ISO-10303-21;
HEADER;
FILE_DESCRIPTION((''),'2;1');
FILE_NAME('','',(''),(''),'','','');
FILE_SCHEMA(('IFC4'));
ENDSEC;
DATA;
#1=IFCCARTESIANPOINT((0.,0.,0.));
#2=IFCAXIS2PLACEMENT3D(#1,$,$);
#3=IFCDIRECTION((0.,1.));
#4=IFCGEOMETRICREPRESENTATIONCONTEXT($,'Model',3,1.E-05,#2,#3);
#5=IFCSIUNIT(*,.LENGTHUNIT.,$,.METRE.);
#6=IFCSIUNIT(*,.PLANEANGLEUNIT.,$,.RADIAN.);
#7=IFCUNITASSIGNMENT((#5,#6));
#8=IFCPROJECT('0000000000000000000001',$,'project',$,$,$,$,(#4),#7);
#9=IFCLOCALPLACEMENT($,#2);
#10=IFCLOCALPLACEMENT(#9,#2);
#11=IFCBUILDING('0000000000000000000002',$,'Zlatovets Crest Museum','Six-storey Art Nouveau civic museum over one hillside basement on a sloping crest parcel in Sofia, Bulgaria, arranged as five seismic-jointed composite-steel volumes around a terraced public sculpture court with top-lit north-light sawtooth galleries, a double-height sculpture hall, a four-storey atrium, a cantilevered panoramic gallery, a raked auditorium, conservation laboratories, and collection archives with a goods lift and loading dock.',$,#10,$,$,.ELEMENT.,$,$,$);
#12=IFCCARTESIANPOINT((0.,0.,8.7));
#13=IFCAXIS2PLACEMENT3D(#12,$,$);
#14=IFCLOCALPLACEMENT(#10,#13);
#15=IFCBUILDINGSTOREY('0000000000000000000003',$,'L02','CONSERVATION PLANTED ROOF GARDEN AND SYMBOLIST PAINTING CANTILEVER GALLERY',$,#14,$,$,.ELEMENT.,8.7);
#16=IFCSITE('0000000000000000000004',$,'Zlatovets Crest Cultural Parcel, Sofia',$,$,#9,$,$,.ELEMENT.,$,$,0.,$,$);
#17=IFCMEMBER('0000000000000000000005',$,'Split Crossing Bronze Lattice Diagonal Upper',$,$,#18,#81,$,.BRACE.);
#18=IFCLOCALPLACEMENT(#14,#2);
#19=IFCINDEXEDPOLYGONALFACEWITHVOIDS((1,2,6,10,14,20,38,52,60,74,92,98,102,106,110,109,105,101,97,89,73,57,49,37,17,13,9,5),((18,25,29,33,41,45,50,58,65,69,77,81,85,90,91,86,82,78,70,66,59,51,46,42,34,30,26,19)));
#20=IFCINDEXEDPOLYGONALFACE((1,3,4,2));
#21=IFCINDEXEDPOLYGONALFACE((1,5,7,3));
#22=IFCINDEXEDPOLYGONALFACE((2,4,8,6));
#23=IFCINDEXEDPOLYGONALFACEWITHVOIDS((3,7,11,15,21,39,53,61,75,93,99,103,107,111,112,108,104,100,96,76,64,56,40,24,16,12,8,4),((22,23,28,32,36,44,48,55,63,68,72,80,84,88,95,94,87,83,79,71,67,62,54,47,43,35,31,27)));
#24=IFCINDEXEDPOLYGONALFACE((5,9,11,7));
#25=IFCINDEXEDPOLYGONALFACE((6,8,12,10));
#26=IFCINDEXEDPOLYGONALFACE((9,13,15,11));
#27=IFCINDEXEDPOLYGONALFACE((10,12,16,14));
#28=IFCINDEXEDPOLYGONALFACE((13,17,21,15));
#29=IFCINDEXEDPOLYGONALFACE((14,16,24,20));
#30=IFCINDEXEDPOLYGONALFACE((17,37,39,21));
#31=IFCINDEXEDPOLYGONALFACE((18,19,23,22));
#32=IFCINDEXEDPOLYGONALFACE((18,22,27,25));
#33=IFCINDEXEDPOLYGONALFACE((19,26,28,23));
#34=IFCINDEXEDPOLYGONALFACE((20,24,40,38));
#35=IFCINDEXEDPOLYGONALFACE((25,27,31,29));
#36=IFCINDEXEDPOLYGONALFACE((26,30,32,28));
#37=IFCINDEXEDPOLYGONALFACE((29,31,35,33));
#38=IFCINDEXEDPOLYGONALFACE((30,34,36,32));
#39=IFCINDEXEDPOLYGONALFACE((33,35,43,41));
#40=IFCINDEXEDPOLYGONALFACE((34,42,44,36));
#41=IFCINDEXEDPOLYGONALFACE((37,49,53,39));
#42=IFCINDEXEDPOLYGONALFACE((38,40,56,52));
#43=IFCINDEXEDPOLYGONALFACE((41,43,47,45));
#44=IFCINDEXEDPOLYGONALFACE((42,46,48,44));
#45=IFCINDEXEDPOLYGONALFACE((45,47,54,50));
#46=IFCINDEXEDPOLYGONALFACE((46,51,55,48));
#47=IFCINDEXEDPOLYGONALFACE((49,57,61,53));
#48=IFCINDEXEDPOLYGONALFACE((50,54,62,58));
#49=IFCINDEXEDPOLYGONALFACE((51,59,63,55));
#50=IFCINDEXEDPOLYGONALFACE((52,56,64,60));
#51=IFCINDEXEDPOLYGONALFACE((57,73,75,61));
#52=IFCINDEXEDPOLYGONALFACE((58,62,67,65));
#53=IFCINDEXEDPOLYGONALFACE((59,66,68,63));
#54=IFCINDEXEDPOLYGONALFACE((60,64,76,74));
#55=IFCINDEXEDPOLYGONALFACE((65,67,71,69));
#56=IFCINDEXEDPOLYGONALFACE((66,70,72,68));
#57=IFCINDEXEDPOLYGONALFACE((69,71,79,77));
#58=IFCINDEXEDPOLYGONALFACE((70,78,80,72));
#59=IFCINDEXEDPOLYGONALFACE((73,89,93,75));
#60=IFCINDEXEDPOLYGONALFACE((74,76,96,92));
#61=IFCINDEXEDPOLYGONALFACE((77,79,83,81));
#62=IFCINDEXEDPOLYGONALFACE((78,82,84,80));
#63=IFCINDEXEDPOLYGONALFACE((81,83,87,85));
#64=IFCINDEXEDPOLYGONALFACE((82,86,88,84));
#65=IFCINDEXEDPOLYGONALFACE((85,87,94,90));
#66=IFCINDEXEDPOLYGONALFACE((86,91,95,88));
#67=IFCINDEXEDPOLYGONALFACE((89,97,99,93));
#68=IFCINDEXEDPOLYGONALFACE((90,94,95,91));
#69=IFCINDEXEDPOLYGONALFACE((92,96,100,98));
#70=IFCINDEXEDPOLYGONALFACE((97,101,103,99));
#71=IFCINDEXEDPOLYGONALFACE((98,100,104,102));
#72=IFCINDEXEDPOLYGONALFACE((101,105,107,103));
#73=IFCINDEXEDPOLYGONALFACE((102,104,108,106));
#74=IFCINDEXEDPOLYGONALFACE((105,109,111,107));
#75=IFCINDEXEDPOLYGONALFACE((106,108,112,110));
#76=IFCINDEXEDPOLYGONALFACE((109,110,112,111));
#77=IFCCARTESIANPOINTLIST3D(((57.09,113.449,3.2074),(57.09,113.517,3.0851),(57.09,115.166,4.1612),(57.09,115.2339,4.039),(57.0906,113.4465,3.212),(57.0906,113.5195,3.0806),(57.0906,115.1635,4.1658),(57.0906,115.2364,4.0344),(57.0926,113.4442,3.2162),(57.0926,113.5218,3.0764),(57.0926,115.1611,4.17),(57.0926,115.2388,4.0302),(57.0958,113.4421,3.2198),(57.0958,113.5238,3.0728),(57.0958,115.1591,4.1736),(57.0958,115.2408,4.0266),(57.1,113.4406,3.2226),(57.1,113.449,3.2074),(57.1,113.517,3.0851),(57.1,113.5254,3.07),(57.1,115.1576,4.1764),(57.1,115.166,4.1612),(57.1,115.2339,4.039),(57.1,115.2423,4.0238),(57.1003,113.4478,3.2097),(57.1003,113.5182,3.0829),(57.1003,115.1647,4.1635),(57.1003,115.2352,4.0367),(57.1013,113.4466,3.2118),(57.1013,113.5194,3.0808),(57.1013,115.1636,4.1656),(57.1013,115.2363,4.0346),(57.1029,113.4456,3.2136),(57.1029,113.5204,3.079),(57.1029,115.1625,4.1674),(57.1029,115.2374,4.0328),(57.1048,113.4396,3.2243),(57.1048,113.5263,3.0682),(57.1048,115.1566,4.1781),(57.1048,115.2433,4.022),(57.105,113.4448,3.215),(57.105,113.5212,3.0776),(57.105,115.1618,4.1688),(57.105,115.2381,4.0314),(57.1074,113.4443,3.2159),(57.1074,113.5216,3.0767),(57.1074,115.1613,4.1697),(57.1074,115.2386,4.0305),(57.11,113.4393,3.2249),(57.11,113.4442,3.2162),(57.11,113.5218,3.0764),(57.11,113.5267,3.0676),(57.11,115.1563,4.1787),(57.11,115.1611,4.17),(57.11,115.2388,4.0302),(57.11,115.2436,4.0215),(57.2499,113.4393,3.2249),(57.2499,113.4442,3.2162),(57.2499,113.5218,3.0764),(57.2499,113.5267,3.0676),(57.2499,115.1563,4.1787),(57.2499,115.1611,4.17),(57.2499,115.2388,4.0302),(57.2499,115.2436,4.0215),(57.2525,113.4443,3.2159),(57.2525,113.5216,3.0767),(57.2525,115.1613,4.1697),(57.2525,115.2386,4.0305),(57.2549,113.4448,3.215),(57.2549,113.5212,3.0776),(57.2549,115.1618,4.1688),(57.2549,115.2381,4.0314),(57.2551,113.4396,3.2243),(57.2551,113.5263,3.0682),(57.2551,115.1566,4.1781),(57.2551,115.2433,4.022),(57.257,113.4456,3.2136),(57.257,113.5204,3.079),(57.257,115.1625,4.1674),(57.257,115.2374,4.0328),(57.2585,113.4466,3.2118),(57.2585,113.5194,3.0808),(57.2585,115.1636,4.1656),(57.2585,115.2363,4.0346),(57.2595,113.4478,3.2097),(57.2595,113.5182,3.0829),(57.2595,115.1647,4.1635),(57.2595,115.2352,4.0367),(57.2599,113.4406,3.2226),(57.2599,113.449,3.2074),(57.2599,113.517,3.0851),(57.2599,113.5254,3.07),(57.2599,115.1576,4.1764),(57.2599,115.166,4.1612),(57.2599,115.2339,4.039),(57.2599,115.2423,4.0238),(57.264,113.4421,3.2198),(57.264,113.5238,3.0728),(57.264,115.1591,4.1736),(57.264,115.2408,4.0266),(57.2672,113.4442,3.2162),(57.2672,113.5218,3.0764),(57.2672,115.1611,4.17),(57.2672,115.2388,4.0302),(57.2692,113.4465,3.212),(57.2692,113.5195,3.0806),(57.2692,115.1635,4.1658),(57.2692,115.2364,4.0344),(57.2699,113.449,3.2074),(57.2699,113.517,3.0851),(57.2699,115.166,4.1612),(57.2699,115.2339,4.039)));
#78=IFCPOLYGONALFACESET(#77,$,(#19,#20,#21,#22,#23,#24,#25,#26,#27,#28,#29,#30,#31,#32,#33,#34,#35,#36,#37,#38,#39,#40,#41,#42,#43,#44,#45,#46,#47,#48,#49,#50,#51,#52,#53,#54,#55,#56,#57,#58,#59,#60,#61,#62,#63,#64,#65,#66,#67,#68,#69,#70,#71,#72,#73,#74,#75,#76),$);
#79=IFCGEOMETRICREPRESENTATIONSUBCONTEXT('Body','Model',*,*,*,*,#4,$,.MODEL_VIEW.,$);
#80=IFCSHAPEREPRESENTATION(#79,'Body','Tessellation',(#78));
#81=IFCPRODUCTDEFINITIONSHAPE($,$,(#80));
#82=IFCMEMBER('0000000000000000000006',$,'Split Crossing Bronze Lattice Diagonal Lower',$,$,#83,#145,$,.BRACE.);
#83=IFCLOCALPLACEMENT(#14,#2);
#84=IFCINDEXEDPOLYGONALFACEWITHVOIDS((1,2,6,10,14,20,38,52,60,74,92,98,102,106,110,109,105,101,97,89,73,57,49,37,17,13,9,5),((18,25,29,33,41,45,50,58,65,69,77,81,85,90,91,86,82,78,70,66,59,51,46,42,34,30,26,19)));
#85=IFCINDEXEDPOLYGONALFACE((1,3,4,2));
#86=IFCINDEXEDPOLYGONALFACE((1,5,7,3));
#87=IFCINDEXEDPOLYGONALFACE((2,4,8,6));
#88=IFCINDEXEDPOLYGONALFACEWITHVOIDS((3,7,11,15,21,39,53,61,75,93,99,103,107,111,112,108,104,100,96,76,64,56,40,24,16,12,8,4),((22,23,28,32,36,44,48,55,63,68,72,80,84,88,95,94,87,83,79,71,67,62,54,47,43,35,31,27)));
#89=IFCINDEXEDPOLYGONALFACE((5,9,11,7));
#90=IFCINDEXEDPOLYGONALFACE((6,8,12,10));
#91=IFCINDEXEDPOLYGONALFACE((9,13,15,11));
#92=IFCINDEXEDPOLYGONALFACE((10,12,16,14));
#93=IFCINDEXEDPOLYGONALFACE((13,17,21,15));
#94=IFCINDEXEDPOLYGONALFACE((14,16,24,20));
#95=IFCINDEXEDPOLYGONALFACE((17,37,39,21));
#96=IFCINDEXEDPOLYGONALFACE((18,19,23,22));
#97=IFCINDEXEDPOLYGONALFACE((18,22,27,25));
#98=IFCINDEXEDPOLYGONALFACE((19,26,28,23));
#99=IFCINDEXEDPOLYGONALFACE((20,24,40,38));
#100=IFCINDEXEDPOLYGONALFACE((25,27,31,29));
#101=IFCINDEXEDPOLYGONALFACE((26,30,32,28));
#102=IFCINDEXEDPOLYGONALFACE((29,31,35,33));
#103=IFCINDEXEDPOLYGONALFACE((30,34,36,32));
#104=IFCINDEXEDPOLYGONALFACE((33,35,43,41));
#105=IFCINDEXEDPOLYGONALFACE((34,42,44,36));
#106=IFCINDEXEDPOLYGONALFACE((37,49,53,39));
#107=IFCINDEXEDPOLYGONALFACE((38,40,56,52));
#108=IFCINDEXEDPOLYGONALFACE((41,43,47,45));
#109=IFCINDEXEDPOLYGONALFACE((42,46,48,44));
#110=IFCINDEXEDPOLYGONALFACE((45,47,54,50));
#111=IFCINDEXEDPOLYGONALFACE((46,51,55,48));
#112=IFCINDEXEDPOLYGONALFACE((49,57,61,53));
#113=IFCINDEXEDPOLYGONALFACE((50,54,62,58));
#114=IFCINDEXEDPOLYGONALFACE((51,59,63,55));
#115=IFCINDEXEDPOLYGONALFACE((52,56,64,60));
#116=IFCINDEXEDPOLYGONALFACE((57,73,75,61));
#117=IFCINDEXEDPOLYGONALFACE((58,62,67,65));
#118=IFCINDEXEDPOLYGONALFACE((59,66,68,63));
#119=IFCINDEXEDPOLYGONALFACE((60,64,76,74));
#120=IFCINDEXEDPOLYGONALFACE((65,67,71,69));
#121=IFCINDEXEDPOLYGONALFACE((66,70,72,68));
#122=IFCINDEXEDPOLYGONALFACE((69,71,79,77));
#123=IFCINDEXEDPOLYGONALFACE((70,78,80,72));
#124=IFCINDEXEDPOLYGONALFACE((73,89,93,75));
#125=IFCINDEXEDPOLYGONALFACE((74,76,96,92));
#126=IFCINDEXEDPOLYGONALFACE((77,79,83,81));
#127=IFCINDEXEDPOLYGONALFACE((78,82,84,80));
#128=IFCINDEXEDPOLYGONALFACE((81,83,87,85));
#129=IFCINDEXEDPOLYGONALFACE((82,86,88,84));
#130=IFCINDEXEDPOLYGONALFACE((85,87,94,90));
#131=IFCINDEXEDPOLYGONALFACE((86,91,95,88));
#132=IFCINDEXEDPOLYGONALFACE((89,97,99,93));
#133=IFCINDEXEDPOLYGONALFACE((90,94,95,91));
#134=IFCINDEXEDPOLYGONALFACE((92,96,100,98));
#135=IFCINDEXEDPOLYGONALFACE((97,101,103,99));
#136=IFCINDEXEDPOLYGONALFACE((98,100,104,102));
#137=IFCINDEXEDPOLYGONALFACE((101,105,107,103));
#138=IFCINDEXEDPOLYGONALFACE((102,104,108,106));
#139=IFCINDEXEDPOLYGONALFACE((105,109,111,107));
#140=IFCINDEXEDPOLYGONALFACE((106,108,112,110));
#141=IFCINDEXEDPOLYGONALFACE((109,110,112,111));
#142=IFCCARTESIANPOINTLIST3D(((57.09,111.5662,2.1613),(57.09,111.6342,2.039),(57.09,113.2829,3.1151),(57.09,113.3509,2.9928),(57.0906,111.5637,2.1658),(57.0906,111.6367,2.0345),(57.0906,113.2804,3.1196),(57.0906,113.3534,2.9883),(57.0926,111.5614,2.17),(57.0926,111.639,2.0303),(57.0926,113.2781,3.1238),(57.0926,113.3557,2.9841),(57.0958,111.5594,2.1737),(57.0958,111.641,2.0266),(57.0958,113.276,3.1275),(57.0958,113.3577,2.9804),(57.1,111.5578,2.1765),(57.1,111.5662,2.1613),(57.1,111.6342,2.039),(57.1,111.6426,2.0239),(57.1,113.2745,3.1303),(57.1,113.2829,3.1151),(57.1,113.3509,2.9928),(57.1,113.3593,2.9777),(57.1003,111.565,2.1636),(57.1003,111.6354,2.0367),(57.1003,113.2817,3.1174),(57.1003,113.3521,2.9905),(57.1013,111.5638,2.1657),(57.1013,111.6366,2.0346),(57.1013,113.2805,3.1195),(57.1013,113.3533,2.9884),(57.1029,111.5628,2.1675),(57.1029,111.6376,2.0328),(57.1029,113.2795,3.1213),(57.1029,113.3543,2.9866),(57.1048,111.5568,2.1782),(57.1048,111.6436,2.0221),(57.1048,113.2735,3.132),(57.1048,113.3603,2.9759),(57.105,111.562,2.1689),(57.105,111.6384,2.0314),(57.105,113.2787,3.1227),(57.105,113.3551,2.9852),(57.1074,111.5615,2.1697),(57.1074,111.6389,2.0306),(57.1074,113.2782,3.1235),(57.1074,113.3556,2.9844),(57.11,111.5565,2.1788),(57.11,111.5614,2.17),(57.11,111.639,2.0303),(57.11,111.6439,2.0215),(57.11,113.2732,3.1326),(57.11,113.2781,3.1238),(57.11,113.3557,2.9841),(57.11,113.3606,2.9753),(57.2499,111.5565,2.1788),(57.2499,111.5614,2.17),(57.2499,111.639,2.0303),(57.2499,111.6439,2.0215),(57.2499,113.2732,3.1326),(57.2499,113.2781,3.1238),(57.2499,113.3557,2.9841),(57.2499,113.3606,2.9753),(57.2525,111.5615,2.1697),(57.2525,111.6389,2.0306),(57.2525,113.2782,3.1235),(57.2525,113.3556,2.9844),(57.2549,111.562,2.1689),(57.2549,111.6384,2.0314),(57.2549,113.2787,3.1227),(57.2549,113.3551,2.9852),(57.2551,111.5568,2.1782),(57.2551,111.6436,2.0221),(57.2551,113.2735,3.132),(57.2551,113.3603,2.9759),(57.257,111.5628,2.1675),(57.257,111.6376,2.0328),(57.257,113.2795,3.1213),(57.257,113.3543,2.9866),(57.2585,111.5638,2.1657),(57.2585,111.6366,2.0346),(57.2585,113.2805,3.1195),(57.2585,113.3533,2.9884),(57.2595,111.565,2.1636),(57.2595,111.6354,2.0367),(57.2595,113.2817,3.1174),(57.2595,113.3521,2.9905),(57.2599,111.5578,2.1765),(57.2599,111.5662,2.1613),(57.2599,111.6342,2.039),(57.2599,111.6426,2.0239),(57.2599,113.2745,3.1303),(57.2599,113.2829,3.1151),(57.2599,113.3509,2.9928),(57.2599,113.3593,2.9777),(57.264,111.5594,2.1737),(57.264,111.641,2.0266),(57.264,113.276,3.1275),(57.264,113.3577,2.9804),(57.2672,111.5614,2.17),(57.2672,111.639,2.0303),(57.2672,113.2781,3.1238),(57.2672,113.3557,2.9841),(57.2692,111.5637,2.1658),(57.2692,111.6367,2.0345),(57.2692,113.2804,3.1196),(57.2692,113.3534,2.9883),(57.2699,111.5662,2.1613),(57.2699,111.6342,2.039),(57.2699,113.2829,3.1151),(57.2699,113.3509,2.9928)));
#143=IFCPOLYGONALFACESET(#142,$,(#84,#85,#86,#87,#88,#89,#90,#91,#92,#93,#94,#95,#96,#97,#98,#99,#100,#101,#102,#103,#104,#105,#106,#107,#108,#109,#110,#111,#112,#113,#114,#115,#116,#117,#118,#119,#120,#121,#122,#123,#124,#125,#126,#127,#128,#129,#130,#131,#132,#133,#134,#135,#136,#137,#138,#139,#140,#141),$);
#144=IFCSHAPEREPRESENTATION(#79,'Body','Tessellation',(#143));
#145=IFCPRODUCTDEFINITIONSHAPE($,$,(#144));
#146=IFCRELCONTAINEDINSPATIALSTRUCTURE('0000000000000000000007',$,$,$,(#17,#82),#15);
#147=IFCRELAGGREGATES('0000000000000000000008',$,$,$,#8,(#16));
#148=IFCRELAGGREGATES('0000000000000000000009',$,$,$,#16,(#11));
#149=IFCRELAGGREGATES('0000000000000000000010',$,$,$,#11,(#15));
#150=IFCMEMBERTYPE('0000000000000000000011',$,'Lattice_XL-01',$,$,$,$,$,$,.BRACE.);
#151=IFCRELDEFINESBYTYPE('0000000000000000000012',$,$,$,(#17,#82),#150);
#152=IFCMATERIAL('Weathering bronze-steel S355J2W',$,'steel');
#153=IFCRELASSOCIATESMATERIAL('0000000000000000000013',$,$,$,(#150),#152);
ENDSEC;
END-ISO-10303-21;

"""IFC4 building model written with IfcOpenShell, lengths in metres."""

from ifc_helpers import new_model, si_unit, direction, frame, origin, origin_2d, place, context, subcontext, project, spatial, hollow_rectangle, extrude, material, material_profile, profile_set, type_object, element, save


model = new_model("IFC4")

# Units and contexts
model_context = context("Model", 3, precision=1e-05, world=origin(), true_north=direction((0.0, 1.0)))
body_context = subcontext(model_context, "Body", "Model", "MODEL_VIEW")
ifc_project = project(units=[si_unit("LENGTHUNIT", "METRE"), si_unit("PLANEANGLEUNIT", "RADIAN")], contexts=[model_context])

# Site, building, storey
site_placement = place(None, origin())
site = spatial("IfcSite", under=ifc_project, at=site_placement, Name="Zlatovets Crest Cultural Parcel, Sofia", CompositionType="ELEMENT", RefElevation=0.0)
building_placement = place(site_placement, origin())
building = spatial("IfcBuilding", under=site, at=building_placement, Name="Zlatovets Crest Museum", Description="Six-storey Art Nouveau civic museum over one hillside basement on a sloping crest parcel in Sofia, Bulgaria, arranged as five seismic-jointed composite-steel volumes around a terraced public sculpture court with top-lit north-light sawtooth galleries, a double-height sculpture hall, a four-storey atrium, a cantilevered panoramic gallery, a raked auditorium, conservation laboratories, and collection archives with a goods lift and loading dock.", CompositionType="ELEMENT")
storey_placement = place(building_placement, frame((0.0, 0.0, 8.7)))
storey = spatial("IfcBuildingStorey", under=building, at=storey_placement, Name="L02", Description="CONSERVATION PLANTED ROOF GARDEN AND SYMBOLIST PAINTING CANTILEVER GALLERY", CompositionType="ELEMENT", Elevation=8.7)

# Members
ifc_material_1 = material(Name="Weathering bronze-steel S355J2W", Category="steel")
ifc_material_profile_1 = material_profile(ifc_material_1, hollow_rectangle(XDim=0.1799, YDim=0.1799, WallThickness=0.01, InnerFilletRadius=0.01, OuterFilletRadius=0.02, at=origin_2d()), Name="SHS 180x180x10.0")
ifc_profile_set_1 = profile_set([ifc_material_profile_1], Name="Weathering bronze-steel S355J2W")
member_type_1 = type_object("IfcMemberType", Name="Lattice_XL-01", PredefinedType="BRACE", material=ifc_profile_set_1)
member_1_placement = place(storey_placement, frame((57.1799, 115.2, 4.1001), z_axis=(0.0, -0.874169, -0.485622), x_axis=(1.0, 0.0, 0.0)))
element("IfcMember", 1, at=member_1_placement, inside=storey, type_object=member_type_1, Name="Split Crossing Bronze Lattice Diagonal Upper", PredefinedType="BRACE", context=body_context, shape_type="SweptSolid", body=[
    extrude(hollow_rectangle(XDim=0.1799, YDim=0.1799, WallThickness=0.01, InnerFilletRadius=0.01, OuterFilletRadius=0.02, at=origin_2d()), origin(), (0.0, 0.0, 1.0), 1.9641),
])
member_2_placement = place(storey_placement, frame((57.1799, 113.3169, 3.054), z_axis=(0.0, -0.87414, -0.485675), x_axis=(1.0, 0.0, 0.0)))
element("IfcMember", 2, at=member_2_placement, inside=storey, type_object=member_type_1, Name="Split Crossing Bronze Lattice Diagonal Lower", PredefinedType="BRACE", context=body_context, shape_type="SweptSolid", body=[
    extrude(hollow_rectangle(XDim=0.1799, YDim=0.1799, WallThickness=0.01, InnerFilletRadius=0.01, OuterFilletRadius=0.02, at=origin_2d()), origin(), (0.0, 0.0, 1.0), 1.9639),
])

save(model, "model.ifc")
